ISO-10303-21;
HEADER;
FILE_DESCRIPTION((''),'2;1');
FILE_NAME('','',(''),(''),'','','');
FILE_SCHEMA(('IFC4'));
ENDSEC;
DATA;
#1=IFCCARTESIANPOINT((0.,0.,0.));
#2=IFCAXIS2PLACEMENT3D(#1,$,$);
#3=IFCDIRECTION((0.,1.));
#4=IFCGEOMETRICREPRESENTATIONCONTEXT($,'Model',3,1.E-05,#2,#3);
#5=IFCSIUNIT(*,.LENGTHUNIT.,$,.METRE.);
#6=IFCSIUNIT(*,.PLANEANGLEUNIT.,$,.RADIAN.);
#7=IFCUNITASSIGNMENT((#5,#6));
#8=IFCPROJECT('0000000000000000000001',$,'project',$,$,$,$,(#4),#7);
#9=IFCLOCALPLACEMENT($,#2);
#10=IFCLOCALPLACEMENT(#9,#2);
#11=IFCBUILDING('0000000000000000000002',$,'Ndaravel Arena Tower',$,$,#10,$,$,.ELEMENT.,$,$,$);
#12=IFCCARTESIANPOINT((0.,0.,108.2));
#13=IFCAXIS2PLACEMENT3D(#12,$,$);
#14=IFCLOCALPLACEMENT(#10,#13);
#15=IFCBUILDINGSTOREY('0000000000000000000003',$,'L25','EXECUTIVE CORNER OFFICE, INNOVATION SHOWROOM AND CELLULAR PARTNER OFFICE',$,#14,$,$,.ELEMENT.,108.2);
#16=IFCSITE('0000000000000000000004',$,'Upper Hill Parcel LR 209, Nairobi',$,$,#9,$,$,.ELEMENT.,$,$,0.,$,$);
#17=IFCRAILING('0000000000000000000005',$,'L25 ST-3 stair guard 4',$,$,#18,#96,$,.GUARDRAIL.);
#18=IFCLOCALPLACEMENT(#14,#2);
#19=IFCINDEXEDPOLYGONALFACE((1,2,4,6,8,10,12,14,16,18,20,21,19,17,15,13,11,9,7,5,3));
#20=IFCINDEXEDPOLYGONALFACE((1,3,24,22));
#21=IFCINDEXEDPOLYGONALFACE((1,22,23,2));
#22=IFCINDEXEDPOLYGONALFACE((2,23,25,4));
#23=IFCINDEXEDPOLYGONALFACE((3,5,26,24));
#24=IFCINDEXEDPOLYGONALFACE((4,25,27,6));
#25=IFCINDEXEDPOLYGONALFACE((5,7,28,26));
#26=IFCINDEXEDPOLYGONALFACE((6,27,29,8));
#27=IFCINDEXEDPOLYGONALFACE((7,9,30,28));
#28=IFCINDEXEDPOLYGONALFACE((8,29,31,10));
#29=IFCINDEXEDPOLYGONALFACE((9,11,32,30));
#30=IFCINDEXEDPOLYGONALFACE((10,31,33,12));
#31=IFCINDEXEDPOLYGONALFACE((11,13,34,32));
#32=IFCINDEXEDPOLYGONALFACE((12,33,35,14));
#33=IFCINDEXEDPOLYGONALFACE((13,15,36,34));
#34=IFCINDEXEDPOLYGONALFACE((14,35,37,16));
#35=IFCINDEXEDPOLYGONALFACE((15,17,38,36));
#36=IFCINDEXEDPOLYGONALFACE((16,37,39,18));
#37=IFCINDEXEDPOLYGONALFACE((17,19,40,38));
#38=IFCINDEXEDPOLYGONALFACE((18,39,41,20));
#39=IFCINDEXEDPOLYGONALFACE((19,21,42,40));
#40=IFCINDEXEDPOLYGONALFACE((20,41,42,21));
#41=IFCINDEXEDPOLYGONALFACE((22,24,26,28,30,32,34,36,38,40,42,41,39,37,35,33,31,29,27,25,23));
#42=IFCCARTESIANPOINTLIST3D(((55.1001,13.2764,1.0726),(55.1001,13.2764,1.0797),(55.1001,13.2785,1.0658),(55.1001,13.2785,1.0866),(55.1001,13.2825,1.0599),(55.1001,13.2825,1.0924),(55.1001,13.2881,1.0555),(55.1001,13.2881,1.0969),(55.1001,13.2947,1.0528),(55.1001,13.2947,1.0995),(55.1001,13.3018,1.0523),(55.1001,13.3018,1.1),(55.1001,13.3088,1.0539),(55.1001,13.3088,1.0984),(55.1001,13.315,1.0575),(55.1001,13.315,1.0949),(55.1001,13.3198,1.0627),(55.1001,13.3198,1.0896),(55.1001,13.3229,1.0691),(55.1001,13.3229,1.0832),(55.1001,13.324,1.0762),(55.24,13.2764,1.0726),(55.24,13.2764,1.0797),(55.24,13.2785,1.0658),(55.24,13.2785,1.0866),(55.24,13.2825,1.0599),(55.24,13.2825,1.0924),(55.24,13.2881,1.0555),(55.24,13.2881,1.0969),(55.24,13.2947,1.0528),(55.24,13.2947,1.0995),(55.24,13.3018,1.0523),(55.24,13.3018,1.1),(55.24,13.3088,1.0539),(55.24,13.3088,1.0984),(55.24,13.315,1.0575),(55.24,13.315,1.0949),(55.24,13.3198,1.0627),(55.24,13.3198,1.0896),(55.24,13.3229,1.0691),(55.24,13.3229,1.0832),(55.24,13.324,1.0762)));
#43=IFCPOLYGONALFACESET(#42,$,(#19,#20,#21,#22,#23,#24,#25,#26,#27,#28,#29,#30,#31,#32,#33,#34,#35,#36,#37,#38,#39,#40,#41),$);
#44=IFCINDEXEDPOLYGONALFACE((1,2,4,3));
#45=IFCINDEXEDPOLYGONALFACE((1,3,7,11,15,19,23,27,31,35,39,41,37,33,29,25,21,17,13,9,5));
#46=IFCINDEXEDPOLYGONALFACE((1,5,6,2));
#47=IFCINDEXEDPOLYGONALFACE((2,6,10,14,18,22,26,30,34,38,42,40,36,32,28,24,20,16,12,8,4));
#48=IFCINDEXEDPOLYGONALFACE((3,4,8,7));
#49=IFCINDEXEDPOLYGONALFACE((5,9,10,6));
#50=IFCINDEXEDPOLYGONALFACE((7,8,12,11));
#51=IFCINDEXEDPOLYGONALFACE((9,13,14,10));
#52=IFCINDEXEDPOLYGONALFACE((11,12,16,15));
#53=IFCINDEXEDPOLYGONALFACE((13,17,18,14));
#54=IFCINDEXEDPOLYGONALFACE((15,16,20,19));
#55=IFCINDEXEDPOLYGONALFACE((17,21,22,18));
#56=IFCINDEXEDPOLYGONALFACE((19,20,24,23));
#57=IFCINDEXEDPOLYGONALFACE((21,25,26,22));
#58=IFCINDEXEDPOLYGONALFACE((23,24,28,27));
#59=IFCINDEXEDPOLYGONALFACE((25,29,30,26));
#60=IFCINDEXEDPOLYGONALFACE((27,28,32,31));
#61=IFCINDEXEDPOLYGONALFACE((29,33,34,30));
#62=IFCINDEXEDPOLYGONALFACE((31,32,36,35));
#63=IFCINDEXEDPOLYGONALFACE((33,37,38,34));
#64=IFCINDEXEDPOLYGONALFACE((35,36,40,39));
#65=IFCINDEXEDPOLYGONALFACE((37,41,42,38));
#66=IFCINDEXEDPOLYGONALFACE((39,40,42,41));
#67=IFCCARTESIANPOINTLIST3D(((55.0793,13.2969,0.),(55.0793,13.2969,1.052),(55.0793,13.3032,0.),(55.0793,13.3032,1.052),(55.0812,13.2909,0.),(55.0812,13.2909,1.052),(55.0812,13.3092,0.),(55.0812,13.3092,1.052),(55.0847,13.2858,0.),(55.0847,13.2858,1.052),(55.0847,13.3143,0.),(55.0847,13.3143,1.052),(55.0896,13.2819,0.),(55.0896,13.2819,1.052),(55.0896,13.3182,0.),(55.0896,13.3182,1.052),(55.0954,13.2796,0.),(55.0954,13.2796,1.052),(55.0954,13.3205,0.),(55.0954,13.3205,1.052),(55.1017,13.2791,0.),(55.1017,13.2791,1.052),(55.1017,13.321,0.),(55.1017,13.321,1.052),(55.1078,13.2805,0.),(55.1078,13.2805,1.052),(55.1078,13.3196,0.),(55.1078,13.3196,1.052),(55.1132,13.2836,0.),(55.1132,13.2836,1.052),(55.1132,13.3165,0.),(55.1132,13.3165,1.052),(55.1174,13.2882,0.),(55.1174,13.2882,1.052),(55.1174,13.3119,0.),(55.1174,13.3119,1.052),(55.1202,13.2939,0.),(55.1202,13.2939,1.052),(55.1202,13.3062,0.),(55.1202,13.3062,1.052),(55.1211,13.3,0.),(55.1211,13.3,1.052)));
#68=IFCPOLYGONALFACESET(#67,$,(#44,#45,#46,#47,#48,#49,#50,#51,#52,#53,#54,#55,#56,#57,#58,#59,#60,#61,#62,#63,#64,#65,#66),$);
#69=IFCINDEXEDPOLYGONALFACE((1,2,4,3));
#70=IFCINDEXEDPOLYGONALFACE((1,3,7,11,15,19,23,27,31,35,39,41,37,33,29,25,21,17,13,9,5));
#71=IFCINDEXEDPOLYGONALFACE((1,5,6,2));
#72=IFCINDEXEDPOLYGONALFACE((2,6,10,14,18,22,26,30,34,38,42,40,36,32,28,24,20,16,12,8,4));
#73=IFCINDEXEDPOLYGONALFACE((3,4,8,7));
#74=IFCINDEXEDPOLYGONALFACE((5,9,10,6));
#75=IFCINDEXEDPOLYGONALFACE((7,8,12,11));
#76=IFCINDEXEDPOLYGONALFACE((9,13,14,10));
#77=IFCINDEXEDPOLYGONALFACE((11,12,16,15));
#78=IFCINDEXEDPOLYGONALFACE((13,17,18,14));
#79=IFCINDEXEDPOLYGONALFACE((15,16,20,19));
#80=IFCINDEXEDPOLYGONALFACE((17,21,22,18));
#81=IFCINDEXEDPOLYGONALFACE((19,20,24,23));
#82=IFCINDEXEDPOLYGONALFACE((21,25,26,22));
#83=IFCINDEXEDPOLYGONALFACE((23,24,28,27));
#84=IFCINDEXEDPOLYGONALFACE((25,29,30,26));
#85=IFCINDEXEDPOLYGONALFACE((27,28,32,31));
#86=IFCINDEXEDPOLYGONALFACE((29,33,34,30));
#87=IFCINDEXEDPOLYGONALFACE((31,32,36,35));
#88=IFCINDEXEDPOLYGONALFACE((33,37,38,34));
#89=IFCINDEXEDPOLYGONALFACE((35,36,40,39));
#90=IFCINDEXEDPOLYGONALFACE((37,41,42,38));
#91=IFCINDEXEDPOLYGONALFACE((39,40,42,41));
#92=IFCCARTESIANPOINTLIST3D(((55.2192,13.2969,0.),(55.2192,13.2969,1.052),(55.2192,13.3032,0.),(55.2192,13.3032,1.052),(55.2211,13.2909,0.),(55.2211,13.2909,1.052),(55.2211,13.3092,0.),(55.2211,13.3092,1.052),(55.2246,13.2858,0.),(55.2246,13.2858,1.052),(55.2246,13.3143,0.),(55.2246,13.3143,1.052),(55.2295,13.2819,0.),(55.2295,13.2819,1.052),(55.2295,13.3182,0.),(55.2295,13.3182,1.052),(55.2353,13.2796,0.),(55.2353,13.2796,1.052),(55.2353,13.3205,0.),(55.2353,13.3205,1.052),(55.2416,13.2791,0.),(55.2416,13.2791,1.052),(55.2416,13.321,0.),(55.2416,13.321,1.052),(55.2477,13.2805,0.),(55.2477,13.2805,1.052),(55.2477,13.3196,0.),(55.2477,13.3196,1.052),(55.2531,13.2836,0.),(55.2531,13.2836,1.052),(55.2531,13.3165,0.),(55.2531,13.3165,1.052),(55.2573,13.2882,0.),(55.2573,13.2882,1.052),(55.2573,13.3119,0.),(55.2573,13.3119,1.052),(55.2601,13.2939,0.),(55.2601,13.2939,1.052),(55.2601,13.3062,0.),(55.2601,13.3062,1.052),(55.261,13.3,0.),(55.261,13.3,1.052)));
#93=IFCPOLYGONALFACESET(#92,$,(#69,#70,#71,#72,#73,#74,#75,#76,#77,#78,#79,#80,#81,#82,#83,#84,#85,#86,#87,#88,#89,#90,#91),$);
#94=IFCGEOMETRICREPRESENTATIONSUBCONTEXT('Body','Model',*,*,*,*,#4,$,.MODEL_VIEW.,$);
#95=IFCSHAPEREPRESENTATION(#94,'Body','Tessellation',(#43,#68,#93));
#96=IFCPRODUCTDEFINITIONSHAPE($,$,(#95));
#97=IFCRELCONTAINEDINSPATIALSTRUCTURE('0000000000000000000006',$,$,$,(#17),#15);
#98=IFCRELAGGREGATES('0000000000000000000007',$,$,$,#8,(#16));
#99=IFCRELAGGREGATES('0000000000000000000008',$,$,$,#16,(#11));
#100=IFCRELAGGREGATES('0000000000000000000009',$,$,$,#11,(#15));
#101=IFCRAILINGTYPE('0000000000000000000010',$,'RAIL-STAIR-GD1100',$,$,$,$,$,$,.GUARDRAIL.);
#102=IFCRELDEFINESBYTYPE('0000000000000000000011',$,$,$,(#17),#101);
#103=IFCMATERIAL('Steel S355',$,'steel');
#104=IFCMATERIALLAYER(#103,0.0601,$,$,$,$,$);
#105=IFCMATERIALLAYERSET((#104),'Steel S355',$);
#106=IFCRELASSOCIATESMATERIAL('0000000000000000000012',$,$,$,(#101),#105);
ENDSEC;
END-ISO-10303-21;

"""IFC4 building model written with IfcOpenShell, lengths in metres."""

from ifc_helpers import new_model, si_unit, direction, frame, origin, origin_2d, place, context, subcontext, project, spatial, circle, extrude, material, layer, layer_set, type_object, element, save


model = new_model("IFC4")

# Units and contexts
model_context = context("Model", 3, precision=1e-05, world=origin(), true_north=direction((0.0, 1.0)))
body_context = subcontext(model_context, "Body", "Model", "MODEL_VIEW")
ifc_project = project(units=[si_unit("LENGTHUNIT", "METRE"), si_unit("PLANEANGLEUNIT", "RADIAN")], contexts=[model_context])

# Site, building, storey
site_placement = place(None, origin())
site = spatial("IfcSite", under=ifc_project, at=site_placement, Name="Upper Hill Parcel LR 209, Nairobi", CompositionType="ELEMENT", RefElevation=0.0)
building_placement = place(site_placement, origin())
building = spatial("IfcBuilding", under=site, at=building_placement, Name="Ndaravel Arena Tower", CompositionType="ELEMENT")
storey_placement = place(building_placement, frame((0.0, 0.0, 108.2)))
storey = spatial("IfcBuildingStorey", under=building, at=storey_placement, Name="L25", Description="EXECUTIVE CORNER OFFICE, INNOVATION SHOWROOM AND CELLULAR PARTNER OFFICE", CompositionType="ELEMENT", Elevation=108.2)

# Railing
ifc_material_1 = material(Name="Steel S355", Category="steel")
ifc_layer_1 = layer(ifc_material_1, 0.0601)
ifc_layer_set_1 = layer_set([ifc_layer_1], Name="Steel S355")
railing_type_1 = type_object("IfcRailingType", Name="RAIL-STAIR-GD1100", PredefinedType="GUARDRAIL", material=ifc_layer_set_1)
railing_1_placement = place(storey_placement, frame((55.1001, 13.3, 0.0)))
element("IfcRailing", 1, at=railing_1_placement, inside=storey, type_object=railing_type_1, Name="L25 ST-3 stair guard 4", PredefinedType="GUARDRAIL", context=body_context, shape_type="SweptSolid", body=[
    extrude(circle(Radius=0.0239, at=origin_2d()), frame((0.0, 0.0, 1.0762), z_axis=(1.0, 0.0, 0.0), x_axis=(0.0, 1.0, 0.0)), (0.0, 0.0, 1.0), 0.1399),
    extrude(circle(Radius=0.021, at=origin_2d()), origin(), (0.0, 0.0, 1.0), 1.052),
    extrude(circle(Radius=0.021, at=origin_2d()), frame((0.1399, 0.0, 0.0)), (0.0, 0.0, 1.0), 1.052),
])

save(model, "model.ifc")
